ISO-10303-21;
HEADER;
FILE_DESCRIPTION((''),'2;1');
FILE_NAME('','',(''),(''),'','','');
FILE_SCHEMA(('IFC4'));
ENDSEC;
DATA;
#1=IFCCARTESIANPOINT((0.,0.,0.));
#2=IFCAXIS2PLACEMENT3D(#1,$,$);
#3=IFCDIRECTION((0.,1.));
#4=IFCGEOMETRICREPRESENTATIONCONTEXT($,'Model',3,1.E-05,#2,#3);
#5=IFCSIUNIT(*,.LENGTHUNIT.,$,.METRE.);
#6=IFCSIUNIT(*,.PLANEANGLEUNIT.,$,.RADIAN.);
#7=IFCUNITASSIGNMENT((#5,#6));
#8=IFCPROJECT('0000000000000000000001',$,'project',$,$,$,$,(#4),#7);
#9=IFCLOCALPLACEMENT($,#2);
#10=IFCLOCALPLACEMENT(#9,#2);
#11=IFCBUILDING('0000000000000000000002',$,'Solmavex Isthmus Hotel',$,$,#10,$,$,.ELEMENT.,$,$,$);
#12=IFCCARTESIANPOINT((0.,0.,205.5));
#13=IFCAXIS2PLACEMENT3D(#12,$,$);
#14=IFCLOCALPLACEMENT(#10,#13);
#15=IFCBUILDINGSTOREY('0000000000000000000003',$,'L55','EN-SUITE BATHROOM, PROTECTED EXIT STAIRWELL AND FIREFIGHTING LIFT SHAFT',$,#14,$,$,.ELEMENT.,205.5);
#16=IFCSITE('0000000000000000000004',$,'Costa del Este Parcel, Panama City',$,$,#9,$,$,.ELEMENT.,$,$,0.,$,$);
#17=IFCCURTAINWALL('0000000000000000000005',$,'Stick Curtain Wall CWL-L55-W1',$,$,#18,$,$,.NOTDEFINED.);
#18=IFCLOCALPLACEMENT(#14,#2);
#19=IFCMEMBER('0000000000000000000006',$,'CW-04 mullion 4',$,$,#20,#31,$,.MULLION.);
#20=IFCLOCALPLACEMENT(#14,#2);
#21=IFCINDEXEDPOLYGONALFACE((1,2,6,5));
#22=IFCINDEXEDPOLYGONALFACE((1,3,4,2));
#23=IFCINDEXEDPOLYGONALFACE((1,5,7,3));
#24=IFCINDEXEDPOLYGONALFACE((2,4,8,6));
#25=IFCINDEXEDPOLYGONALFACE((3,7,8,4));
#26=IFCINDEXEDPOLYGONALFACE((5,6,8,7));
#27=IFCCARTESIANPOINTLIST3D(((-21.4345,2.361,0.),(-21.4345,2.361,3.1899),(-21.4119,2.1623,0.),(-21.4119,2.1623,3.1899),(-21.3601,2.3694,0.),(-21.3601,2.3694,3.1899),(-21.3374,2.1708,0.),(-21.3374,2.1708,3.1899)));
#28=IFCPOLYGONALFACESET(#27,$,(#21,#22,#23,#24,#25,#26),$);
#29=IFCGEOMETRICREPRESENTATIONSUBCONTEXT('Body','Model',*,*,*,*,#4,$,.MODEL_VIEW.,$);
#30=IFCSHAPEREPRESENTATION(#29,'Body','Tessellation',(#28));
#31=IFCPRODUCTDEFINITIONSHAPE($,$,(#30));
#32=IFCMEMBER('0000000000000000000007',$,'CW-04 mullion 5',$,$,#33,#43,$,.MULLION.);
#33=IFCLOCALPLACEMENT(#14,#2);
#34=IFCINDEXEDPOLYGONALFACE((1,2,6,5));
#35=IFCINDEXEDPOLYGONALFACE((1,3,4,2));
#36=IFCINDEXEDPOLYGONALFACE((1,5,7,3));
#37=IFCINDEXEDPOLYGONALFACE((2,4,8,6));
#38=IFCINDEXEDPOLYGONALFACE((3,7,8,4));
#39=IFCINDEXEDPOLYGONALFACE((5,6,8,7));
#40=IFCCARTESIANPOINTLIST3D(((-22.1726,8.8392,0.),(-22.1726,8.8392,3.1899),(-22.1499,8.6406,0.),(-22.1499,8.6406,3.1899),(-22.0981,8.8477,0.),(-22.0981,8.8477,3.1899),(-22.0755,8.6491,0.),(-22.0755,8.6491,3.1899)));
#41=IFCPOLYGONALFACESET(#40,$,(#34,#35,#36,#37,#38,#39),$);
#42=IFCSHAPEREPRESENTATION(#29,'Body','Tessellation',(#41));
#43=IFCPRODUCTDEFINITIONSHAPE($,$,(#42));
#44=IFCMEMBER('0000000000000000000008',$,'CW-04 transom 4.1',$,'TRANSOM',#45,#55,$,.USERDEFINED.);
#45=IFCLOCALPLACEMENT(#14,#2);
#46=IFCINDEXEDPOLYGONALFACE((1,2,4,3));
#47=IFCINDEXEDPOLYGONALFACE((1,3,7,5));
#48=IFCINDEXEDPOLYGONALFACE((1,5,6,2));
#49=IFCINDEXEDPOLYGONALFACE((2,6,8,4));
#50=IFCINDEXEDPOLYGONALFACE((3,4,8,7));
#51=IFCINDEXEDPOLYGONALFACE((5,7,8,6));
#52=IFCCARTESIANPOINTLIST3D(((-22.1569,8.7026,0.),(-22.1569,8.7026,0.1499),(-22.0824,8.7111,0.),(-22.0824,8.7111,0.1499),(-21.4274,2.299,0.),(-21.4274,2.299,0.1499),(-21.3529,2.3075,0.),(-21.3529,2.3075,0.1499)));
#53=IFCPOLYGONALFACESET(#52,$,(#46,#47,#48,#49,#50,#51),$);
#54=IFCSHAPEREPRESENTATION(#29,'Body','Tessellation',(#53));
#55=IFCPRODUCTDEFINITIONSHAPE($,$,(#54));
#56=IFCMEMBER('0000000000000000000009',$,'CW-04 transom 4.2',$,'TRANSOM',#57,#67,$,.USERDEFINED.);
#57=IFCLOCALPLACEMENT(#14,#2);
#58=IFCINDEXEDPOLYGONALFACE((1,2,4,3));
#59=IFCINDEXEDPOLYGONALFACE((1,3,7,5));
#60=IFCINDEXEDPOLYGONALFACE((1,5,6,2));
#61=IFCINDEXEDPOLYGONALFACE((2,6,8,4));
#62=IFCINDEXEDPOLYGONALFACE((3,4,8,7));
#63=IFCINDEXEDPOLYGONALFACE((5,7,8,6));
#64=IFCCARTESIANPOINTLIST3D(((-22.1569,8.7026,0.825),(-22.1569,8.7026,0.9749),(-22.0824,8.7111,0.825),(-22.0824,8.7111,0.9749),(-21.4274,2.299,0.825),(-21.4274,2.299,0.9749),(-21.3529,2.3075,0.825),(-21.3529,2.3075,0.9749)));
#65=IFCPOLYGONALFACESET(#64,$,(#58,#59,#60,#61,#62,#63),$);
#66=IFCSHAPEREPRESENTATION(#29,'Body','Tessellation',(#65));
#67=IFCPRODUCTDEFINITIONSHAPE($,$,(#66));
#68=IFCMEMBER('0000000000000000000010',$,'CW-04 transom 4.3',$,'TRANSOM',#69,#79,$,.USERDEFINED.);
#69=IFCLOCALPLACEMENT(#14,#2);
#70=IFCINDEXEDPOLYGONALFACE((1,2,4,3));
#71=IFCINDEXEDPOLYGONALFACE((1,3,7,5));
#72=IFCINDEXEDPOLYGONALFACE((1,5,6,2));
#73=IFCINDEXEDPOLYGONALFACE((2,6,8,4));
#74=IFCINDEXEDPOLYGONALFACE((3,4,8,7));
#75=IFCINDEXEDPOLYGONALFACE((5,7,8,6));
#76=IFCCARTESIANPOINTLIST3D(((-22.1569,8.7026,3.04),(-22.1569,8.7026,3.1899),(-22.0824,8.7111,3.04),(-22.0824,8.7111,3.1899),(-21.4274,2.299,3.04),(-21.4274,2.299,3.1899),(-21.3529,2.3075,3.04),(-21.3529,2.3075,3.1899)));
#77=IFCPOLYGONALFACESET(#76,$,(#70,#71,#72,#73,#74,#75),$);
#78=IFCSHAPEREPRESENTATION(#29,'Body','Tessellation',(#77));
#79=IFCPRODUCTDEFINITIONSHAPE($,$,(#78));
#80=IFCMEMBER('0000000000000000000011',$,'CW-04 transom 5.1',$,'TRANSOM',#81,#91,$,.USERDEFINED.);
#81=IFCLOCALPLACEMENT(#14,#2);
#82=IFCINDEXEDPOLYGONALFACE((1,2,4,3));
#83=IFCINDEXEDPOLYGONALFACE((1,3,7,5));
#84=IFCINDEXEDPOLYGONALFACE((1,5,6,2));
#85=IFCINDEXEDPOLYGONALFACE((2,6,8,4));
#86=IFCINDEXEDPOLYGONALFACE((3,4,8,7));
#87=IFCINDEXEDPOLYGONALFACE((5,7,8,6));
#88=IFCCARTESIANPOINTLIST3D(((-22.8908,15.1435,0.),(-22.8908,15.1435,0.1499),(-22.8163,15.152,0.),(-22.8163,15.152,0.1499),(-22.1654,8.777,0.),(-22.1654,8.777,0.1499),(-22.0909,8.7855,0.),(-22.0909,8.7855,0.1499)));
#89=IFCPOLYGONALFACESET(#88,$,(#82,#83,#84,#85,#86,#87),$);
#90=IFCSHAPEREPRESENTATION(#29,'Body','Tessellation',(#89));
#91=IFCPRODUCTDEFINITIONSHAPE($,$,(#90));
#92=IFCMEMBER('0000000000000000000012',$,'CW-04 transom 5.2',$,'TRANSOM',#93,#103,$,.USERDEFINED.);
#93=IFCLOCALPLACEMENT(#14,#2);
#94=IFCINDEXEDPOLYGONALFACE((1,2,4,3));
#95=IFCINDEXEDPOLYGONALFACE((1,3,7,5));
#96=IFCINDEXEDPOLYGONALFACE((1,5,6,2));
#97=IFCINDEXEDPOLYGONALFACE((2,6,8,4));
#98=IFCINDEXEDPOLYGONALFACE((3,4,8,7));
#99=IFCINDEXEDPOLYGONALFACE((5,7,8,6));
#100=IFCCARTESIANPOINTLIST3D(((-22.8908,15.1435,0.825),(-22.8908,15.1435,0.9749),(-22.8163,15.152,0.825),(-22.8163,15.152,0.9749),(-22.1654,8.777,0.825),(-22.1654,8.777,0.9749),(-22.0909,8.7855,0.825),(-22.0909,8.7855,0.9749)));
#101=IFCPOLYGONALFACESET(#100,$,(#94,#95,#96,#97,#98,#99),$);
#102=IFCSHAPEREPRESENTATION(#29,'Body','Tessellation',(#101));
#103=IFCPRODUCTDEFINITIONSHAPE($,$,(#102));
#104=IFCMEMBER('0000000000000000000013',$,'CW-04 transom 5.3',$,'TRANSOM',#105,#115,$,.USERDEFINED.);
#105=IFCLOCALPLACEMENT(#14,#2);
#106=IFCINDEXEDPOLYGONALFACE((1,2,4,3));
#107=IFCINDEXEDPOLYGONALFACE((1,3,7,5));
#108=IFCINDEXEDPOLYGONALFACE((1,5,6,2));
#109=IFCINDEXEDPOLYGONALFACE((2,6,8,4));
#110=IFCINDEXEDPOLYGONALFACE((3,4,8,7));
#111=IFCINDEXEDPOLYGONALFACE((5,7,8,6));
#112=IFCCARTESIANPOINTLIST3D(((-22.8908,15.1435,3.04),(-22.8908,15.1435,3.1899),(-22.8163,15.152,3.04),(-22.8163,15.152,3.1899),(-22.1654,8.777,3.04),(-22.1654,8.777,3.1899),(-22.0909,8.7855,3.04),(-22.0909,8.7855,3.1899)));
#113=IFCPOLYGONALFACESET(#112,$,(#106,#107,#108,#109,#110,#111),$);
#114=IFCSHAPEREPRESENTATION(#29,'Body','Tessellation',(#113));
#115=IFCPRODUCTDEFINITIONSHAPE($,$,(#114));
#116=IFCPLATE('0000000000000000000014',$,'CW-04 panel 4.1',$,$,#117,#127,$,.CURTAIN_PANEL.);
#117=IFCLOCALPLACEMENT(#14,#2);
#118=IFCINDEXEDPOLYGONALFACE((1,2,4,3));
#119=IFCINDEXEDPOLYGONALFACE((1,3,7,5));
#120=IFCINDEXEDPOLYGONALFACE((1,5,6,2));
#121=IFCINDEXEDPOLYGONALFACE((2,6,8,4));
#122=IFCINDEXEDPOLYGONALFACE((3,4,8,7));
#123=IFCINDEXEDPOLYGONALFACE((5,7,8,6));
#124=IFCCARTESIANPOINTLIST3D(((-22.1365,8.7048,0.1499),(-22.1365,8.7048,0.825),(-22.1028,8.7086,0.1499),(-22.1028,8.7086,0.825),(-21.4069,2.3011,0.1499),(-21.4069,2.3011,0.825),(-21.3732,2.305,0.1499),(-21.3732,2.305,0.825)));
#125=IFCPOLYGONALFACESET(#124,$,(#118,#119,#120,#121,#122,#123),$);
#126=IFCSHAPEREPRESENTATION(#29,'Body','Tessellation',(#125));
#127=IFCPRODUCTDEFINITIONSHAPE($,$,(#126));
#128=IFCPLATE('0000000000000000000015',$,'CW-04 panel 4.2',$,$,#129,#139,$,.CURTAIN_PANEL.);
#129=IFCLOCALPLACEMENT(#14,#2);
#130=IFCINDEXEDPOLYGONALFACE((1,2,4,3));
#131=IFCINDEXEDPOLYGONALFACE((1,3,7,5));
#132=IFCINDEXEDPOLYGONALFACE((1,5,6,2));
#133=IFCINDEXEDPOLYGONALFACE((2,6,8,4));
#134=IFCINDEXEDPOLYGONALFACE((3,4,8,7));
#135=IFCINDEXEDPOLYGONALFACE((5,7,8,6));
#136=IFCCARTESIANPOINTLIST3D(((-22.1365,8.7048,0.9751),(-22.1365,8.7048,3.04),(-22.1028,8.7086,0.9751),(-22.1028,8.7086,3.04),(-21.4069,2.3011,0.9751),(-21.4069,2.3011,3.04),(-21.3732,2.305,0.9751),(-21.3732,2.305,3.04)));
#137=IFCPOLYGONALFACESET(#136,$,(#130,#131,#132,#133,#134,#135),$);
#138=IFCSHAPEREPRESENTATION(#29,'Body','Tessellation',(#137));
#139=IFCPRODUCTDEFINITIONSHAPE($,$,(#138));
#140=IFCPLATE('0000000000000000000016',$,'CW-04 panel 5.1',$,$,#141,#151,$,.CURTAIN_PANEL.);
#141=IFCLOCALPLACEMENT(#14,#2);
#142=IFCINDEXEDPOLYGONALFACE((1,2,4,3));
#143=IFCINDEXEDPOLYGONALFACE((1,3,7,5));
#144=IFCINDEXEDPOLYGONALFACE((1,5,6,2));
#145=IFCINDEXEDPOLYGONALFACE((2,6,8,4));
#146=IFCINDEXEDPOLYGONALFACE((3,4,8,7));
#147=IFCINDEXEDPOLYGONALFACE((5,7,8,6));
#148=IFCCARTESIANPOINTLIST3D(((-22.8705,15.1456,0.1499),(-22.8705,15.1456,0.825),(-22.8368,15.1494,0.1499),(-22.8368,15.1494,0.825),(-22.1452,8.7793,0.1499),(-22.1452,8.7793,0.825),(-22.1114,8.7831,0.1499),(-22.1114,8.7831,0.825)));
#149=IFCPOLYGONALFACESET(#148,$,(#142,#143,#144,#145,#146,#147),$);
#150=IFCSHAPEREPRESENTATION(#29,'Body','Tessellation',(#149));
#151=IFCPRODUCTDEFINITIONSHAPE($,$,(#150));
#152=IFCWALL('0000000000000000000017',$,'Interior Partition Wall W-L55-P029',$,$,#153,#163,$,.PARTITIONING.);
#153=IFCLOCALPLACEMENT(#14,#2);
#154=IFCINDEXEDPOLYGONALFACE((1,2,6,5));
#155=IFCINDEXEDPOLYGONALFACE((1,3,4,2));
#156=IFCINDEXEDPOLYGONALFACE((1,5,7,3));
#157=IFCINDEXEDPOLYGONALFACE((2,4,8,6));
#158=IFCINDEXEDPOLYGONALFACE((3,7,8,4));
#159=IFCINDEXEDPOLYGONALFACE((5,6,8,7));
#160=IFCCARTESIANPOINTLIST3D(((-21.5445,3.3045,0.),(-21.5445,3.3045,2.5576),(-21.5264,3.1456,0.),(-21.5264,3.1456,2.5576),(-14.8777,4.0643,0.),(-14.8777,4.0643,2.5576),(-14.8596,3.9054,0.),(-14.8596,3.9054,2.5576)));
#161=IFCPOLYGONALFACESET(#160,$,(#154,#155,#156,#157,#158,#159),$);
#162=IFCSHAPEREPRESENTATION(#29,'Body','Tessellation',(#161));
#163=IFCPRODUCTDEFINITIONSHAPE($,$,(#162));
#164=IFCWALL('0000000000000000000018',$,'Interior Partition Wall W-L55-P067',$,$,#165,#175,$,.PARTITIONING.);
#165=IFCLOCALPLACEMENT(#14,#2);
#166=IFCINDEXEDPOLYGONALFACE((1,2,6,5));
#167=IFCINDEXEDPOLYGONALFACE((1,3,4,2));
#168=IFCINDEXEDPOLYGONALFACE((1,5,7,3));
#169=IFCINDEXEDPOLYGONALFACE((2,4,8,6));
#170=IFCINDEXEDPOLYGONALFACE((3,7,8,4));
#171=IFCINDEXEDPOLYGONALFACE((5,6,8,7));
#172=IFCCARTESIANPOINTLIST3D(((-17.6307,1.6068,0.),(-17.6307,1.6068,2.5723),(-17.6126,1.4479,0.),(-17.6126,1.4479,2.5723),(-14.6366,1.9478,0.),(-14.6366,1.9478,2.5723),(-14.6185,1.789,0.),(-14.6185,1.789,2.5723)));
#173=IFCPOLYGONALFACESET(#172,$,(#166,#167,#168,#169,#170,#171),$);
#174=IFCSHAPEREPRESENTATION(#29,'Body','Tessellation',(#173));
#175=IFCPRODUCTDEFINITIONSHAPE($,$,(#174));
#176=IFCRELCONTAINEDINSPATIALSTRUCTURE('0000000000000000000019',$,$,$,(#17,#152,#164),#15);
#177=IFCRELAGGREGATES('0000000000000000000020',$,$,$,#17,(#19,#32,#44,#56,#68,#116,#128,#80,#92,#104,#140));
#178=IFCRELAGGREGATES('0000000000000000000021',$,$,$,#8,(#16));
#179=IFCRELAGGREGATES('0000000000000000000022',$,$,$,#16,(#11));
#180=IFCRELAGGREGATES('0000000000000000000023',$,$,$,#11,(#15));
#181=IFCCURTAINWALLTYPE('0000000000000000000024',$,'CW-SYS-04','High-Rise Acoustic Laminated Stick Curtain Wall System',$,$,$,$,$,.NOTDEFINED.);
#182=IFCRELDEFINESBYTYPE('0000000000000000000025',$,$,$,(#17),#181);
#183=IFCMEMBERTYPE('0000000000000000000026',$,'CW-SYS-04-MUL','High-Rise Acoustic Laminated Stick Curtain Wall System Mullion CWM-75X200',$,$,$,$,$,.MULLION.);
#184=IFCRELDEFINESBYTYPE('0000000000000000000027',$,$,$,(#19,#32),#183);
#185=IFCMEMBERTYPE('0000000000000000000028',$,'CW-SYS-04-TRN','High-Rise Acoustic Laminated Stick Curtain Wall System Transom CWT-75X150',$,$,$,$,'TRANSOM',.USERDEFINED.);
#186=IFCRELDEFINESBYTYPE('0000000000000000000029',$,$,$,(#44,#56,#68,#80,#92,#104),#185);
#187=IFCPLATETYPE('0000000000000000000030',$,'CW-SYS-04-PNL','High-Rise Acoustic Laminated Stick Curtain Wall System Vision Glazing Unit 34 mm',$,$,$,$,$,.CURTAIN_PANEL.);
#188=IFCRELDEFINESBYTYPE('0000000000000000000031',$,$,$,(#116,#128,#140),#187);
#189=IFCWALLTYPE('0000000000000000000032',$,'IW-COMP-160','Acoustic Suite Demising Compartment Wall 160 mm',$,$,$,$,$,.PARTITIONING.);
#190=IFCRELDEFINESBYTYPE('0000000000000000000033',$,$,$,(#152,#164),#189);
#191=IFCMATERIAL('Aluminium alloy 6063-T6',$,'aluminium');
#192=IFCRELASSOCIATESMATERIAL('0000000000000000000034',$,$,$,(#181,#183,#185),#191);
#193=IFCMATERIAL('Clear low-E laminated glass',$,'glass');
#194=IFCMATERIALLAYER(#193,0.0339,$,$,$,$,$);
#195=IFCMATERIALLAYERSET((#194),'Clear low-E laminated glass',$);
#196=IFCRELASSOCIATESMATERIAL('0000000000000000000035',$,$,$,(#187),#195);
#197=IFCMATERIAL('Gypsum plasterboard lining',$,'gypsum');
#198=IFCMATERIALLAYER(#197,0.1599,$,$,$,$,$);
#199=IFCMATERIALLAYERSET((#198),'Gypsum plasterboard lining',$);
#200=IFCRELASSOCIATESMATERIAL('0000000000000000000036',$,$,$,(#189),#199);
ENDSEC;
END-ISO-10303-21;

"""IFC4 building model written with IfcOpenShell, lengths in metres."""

from ifc_helpers import new_model, si_unit, direction, frame, frame_2d, origin, origin_2d, place, context, subcontext, project, spatial, rectangle, extrude, material, layer, layer_set, material_profile, profile_set, type_object, element, aggregate, save


model = new_model("IFC4")

# Units and contexts
model_context = context("Model", 3, precision=1e-05, world=origin(), true_north=direction((0.0, 1.0)))
body_context = subcontext(model_context, "Body", "Model", "MODEL_VIEW")
ifc_project = project(units=[si_unit("LENGTHUNIT", "METRE"), si_unit("PLANEANGLEUNIT", "RADIAN")], contexts=[model_context])

# Site, building, storey
site_placement = place(None, origin())
site = spatial("IfcSite", under=ifc_project, at=site_placement, Name="Costa del Este Parcel, Panama City", CompositionType="ELEMENT", RefElevation=0.0)
building_placement = place(site_placement, origin())
building = spatial("IfcBuilding", under=site, at=building_placement, Name="Solmavex Isthmus Hotel", CompositionType="ELEMENT")
storey_placement = place(building_placement, frame((0.0, 0.0, 205.5)))
storey = spatial("IfcBuildingStorey", under=building, at=storey_placement, Name="L55", Description="EN-SUITE BATHROOM, PROTECTED EXIT STAIRWELL AND FIREFIGHTING LIFT SHAFT", CompositionType="ELEMENT", Elevation=205.5)

# Curtain wall, members, plates
ifc_material_1 = material(Name="Aluminium alloy 6063-T6", Category="aluminium")
curtain_wall_type = type_object("IfcCurtainWallType", Name="CW-SYS-04", Description="High-Rise Acoustic Laminated Stick Curtain Wall System", PredefinedType="NOTDEFINED", material=ifc_material_1)
curtain_wall_placement = place(storey_placement, origin())
curtain_wall = element("IfcCurtainWall", 1, at=curtain_wall_placement, inside=storey, type_object=curtain_wall_type, Name="Stick Curtain Wall CWL-L55-W1", PredefinedType="NOTDEFINED")
ifc_material_profile_1 = material_profile(ifc_material_1, rectangle(XDim=0.075, YDim=0.2, at=origin_2d()), Name="CWM-75X200")
ifc_profile_set_1 = profile_set([ifc_material_profile_1], Name="Aluminium alloy 6063-T6")
member_type_1 = type_object("IfcMemberType", Name="CW-SYS-04-MUL", Description="High-Rise Acoustic Laminated Stick Curtain Wall System Mullion CWM-75X200", PredefinedType="MULLION", material=ifc_profile_set_1)
member_1_placement = place(storey_placement, frame((-21.386, 2.2659, 0.0), z_axis=(0.0, 0.0, 1.0), x_axis=(-0.993572, -0.113203, 0.0)))
member_1 = element("IfcMember", 2, at=member_1_placement, type_object=member_type_1, Name="CW-04 mullion 4", PredefinedType="MULLION", context=body_context, shape_type="SweptSolid", body=[
    extrude(rectangle(XDim=0.075, YDim=0.2, at=origin_2d()), origin(), (0.0, 0.0, 1.0), 3.1899),
])
member_2_placement = place(storey_placement, frame((-22.124, 8.7441, 0.0), z_axis=(0.0, 0.0, 1.0), x_axis=(-0.993572, -0.113203, 0.0)))
member_2 = element("IfcMember", 3, at=member_2_placement, type_object=member_type_1, Name="CW-04 mullion 5", PredefinedType="MULLION", context=body_context, shape_type="SweptSolid", body=[
    extrude(rectangle(XDim=0.075, YDim=0.2, at=origin_2d()), origin(), (0.0, 0.0, 1.0), 3.1899),
])
ifc_material_profile_2 = material_profile(ifc_material_1, rectangle(XDim=0.075, YDim=0.1499, at=origin_2d()), Name="CWT-75X150")
ifc_profile_set_2 = profile_set([ifc_material_profile_2], Name="Aluminium alloy 6063-T6")
member_type_2 = type_object("IfcMemberType", Name="CW-SYS-04-TRN", Description="High-Rise Acoustic Laminated Stick Curtain Wall System Transom CWT-75X150", ElementType="TRANSOM", PredefinedType="USERDEFINED", material=ifc_profile_set_2)
member_3_placement = place(storey_placement, frame((-21.3901, 2.3032, 0.075), z_axis=(-0.113188, 0.993574, 0.0), x_axis=(-0.993574, -0.113188, 0.0)))
member_3 = element("IfcMember", 4, at=member_3_placement, type_object=member_type_2, Name="CW-04 transom 4.1", ObjectType="TRANSOM", PredefinedType="USERDEFINED", context=body_context, shape_type="SweptSolid", body=[
    extrude(rectangle(XDim=0.075, YDim=0.1499, at=origin_2d()), origin(), (0.0, 0.0, 1.0), 6.4451),
])
member_4_placement = place(storey_placement, frame((-21.3901, 2.3032, 0.8999), z_axis=(-0.113188, 0.993574, 0.0), x_axis=(-0.993574, -0.113188, 0.0)))
member_4 = element("IfcMember", 5, at=member_4_placement, type_object=member_type_2, Name="CW-04 transom 4.2", ObjectType="TRANSOM", PredefinedType="USERDEFINED", context=body_context, shape_type="SweptSolid", body=[
    extrude(rectangle(XDim=0.075, YDim=0.1499, at=origin_2d()), origin(), (0.0, 0.0, 1.0), 6.4451),
])
member_5_placement = place(storey_placement, frame((-21.3901, 2.3032, 3.115), z_axis=(-0.113188, 0.993574, 0.0), x_axis=(-0.993574, -0.113188, 0.0)))
member_5 = element("IfcMember", 6, at=member_5_placement, type_object=member_type_2, Name="CW-04 transom 4.3", ObjectType="TRANSOM", PredefinedType="USERDEFINED", context=body_context, shape_type="SweptSolid", body=[
    extrude(rectangle(XDim=0.075, YDim=0.1499, at=origin_2d()), origin(), (0.0, 0.0, 1.0), 6.4451),
])
member_6_placement = place(storey_placement, frame((-22.1282, 8.7812, 0.075), z_axis=(-0.113199, 0.993572, 0.0), x_axis=(-0.993572, -0.113199, 0.0)))
member_6 = element("IfcMember", 7, at=member_6_placement, type_object=member_type_2, Name="CW-04 transom 5.1", ObjectType="TRANSOM", PredefinedType="USERDEFINED", context=body_context, shape_type="SweptSolid", body=[
    extrude(rectangle(XDim=0.075, YDim=0.1499, at=origin_2d()), origin(), (0.0, 0.0, 1.0), 6.4077),
])
member_7_placement = place(storey_placement, frame((-22.1282, 8.7812, 0.8999), z_axis=(-0.113199, 0.993572, 0.0), x_axis=(-0.993572, -0.113199, 0.0)))
member_7 = element("IfcMember", 8, at=member_7_placement, type_object=member_type_2, Name="CW-04 transom 5.2", ObjectType="TRANSOM", PredefinedType="USERDEFINED", context=body_context, shape_type="SweptSolid", body=[
    extrude(rectangle(XDim=0.075, YDim=0.1499, at=origin_2d()), origin(), (0.0, 0.0, 1.0), 6.4077),
])
member_8_placement = place(storey_placement, frame((-22.1282, 8.7812, 3.115), z_axis=(-0.113199, 0.993572, 0.0), x_axis=(-0.993572, -0.113199, 0.0)))
member_8 = element("IfcMember", 9, at=member_8_placement, type_object=member_type_2, Name="CW-04 transom 5.3", ObjectType="TRANSOM", PredefinedType="USERDEFINED", context=body_context, shape_type="SweptSolid", body=[
    extrude(rectangle(XDim=0.075, YDim=0.1499, at=origin_2d()), origin(), (0.0, 0.0, 1.0), 6.4077),
])
ifc_material_2 = material(Name="Clear low-E laminated glass", Category="glass")
ifc_layer_1 = layer(ifc_material_2, 0.0339)
ifc_layer_set_1 = layer_set([ifc_layer_1], Name="Clear low-E laminated glass")
plate_type = type_object("IfcPlateType", Name="CW-SYS-04-PNL", Description="High-Rise Acoustic Laminated Stick Curtain Wall System Vision Glazing Unit 34 mm", PredefinedType="CURTAIN_PANEL", material=ifc_layer_set_1)
plate_1_placement = place(storey_placement, frame((-21.7549, 5.5049, 0.1499), z_axis=(0.0, 0.0, 1.0), x_axis=(-0.113203, 0.993572, 0.0)))
plate_1 = element("IfcPlate", 10, at=plate_1_placement, type_object=plate_type, Name="CW-04 panel 4.1", PredefinedType="CURTAIN_PANEL", context=body_context, shape_type="SweptSolid", body=[
    extrude(rectangle(XDim=6.4451, YDim=0.0339, at=origin_2d()), origin(), (0.0, 0.0, 1.0), 0.675),
])
plate_2_placement = place(storey_placement, frame((-21.7549, 5.5049, 0.9751), z_axis=(0.0, 0.0, 1.0), x_axis=(-0.113203, 0.993572, 0.0)))
plate_2 = element("IfcPlate", 11, at=plate_2_placement, type_object=plate_type, Name="CW-04 panel 4.2", PredefinedType="CURTAIN_PANEL", context=body_context, shape_type="SweptSolid", body=[
    extrude(rectangle(XDim=6.4451, YDim=0.0339, at=origin_2d()), origin(), (0.0, 0.0, 1.0), 2.0649),
])
plate_3_placement = place(storey_placement, frame((-22.491, 11.9644, 0.1499), z_axis=(0.0, 0.0, 1.0), x_axis=(-0.113203, 0.993572, 0.0)))
plate_3 = element("IfcPlate", 12, at=plate_3_placement, type_object=plate_type, Name="CW-04 panel 5.1", PredefinedType="CURTAIN_PANEL", context=body_context, shape_type="SweptSolid", body=[
    extrude(rectangle(XDim=6.4075, YDim=0.0339, at=origin_2d()), origin(), (0.0, 0.0, 1.0), 0.675),
])
aggregate(curtain_wall, [member_1, member_2, member_3, member_4, member_5, plate_1, plate_2, member_6, member_7, member_8, plate_3])

# Wall
ifc_material_3 = material(Name="Gypsum plasterboard lining", Category="gypsum")
ifc_layer_2 = layer(ifc_material_3, 0.1599)
ifc_layer_set_2 = layer_set([ifc_layer_2], Name="Gypsum plasterboard lining")
wall_type_1 = type_object("IfcWallType", Name="IW-COMP-160", Description="Acoustic Suite Demising Compartment Wall 160 mm", PredefinedType="PARTITIONING", material=ifc_layer_set_2)
wall_1_placement = place(storey_placement, frame((-14.8687, 3.9849, 0.0), z_axis=(0.0, 0.0, 1.0), x_axis=(-0.993569, -0.113231, 0.0)))
element("IfcWall", 13, at=wall_1_placement, inside=storey, type_object=wall_type_1, Name="Interior Partition Wall W-L55-P029", PredefinedType="PARTITIONING", context=body_context, shape_type="SweptSolid", body=[
    extrude(rectangle(XDim=6.71, YDim=0.1599, at=frame_2d((3.355, 0.0))), origin(), (0.0, 0.0, 1.0), 2.5576),
])

# Wall
wall_2_placement = place(storey_placement, frame((-14.6274, 1.8684, 0.0), z_axis=(0.0, 0.0, 1.0), x_axis=(-0.993575, -0.113179, 0.0)))
element("IfcWall", 14, at=wall_2_placement, inside=storey, type_object=wall_type_1, Name="Interior Partition Wall W-L55-P067", PredefinedType="PARTITIONING", context=body_context, shape_type="SweptSolid", body=[
    extrude(rectangle(XDim=3.0134, YDim=0.1599, at=frame_2d((1.5068, 0.0))), origin(), (0.0, 0.0, 1.0), 2.5723),
])

save(model, "model.ifc")
